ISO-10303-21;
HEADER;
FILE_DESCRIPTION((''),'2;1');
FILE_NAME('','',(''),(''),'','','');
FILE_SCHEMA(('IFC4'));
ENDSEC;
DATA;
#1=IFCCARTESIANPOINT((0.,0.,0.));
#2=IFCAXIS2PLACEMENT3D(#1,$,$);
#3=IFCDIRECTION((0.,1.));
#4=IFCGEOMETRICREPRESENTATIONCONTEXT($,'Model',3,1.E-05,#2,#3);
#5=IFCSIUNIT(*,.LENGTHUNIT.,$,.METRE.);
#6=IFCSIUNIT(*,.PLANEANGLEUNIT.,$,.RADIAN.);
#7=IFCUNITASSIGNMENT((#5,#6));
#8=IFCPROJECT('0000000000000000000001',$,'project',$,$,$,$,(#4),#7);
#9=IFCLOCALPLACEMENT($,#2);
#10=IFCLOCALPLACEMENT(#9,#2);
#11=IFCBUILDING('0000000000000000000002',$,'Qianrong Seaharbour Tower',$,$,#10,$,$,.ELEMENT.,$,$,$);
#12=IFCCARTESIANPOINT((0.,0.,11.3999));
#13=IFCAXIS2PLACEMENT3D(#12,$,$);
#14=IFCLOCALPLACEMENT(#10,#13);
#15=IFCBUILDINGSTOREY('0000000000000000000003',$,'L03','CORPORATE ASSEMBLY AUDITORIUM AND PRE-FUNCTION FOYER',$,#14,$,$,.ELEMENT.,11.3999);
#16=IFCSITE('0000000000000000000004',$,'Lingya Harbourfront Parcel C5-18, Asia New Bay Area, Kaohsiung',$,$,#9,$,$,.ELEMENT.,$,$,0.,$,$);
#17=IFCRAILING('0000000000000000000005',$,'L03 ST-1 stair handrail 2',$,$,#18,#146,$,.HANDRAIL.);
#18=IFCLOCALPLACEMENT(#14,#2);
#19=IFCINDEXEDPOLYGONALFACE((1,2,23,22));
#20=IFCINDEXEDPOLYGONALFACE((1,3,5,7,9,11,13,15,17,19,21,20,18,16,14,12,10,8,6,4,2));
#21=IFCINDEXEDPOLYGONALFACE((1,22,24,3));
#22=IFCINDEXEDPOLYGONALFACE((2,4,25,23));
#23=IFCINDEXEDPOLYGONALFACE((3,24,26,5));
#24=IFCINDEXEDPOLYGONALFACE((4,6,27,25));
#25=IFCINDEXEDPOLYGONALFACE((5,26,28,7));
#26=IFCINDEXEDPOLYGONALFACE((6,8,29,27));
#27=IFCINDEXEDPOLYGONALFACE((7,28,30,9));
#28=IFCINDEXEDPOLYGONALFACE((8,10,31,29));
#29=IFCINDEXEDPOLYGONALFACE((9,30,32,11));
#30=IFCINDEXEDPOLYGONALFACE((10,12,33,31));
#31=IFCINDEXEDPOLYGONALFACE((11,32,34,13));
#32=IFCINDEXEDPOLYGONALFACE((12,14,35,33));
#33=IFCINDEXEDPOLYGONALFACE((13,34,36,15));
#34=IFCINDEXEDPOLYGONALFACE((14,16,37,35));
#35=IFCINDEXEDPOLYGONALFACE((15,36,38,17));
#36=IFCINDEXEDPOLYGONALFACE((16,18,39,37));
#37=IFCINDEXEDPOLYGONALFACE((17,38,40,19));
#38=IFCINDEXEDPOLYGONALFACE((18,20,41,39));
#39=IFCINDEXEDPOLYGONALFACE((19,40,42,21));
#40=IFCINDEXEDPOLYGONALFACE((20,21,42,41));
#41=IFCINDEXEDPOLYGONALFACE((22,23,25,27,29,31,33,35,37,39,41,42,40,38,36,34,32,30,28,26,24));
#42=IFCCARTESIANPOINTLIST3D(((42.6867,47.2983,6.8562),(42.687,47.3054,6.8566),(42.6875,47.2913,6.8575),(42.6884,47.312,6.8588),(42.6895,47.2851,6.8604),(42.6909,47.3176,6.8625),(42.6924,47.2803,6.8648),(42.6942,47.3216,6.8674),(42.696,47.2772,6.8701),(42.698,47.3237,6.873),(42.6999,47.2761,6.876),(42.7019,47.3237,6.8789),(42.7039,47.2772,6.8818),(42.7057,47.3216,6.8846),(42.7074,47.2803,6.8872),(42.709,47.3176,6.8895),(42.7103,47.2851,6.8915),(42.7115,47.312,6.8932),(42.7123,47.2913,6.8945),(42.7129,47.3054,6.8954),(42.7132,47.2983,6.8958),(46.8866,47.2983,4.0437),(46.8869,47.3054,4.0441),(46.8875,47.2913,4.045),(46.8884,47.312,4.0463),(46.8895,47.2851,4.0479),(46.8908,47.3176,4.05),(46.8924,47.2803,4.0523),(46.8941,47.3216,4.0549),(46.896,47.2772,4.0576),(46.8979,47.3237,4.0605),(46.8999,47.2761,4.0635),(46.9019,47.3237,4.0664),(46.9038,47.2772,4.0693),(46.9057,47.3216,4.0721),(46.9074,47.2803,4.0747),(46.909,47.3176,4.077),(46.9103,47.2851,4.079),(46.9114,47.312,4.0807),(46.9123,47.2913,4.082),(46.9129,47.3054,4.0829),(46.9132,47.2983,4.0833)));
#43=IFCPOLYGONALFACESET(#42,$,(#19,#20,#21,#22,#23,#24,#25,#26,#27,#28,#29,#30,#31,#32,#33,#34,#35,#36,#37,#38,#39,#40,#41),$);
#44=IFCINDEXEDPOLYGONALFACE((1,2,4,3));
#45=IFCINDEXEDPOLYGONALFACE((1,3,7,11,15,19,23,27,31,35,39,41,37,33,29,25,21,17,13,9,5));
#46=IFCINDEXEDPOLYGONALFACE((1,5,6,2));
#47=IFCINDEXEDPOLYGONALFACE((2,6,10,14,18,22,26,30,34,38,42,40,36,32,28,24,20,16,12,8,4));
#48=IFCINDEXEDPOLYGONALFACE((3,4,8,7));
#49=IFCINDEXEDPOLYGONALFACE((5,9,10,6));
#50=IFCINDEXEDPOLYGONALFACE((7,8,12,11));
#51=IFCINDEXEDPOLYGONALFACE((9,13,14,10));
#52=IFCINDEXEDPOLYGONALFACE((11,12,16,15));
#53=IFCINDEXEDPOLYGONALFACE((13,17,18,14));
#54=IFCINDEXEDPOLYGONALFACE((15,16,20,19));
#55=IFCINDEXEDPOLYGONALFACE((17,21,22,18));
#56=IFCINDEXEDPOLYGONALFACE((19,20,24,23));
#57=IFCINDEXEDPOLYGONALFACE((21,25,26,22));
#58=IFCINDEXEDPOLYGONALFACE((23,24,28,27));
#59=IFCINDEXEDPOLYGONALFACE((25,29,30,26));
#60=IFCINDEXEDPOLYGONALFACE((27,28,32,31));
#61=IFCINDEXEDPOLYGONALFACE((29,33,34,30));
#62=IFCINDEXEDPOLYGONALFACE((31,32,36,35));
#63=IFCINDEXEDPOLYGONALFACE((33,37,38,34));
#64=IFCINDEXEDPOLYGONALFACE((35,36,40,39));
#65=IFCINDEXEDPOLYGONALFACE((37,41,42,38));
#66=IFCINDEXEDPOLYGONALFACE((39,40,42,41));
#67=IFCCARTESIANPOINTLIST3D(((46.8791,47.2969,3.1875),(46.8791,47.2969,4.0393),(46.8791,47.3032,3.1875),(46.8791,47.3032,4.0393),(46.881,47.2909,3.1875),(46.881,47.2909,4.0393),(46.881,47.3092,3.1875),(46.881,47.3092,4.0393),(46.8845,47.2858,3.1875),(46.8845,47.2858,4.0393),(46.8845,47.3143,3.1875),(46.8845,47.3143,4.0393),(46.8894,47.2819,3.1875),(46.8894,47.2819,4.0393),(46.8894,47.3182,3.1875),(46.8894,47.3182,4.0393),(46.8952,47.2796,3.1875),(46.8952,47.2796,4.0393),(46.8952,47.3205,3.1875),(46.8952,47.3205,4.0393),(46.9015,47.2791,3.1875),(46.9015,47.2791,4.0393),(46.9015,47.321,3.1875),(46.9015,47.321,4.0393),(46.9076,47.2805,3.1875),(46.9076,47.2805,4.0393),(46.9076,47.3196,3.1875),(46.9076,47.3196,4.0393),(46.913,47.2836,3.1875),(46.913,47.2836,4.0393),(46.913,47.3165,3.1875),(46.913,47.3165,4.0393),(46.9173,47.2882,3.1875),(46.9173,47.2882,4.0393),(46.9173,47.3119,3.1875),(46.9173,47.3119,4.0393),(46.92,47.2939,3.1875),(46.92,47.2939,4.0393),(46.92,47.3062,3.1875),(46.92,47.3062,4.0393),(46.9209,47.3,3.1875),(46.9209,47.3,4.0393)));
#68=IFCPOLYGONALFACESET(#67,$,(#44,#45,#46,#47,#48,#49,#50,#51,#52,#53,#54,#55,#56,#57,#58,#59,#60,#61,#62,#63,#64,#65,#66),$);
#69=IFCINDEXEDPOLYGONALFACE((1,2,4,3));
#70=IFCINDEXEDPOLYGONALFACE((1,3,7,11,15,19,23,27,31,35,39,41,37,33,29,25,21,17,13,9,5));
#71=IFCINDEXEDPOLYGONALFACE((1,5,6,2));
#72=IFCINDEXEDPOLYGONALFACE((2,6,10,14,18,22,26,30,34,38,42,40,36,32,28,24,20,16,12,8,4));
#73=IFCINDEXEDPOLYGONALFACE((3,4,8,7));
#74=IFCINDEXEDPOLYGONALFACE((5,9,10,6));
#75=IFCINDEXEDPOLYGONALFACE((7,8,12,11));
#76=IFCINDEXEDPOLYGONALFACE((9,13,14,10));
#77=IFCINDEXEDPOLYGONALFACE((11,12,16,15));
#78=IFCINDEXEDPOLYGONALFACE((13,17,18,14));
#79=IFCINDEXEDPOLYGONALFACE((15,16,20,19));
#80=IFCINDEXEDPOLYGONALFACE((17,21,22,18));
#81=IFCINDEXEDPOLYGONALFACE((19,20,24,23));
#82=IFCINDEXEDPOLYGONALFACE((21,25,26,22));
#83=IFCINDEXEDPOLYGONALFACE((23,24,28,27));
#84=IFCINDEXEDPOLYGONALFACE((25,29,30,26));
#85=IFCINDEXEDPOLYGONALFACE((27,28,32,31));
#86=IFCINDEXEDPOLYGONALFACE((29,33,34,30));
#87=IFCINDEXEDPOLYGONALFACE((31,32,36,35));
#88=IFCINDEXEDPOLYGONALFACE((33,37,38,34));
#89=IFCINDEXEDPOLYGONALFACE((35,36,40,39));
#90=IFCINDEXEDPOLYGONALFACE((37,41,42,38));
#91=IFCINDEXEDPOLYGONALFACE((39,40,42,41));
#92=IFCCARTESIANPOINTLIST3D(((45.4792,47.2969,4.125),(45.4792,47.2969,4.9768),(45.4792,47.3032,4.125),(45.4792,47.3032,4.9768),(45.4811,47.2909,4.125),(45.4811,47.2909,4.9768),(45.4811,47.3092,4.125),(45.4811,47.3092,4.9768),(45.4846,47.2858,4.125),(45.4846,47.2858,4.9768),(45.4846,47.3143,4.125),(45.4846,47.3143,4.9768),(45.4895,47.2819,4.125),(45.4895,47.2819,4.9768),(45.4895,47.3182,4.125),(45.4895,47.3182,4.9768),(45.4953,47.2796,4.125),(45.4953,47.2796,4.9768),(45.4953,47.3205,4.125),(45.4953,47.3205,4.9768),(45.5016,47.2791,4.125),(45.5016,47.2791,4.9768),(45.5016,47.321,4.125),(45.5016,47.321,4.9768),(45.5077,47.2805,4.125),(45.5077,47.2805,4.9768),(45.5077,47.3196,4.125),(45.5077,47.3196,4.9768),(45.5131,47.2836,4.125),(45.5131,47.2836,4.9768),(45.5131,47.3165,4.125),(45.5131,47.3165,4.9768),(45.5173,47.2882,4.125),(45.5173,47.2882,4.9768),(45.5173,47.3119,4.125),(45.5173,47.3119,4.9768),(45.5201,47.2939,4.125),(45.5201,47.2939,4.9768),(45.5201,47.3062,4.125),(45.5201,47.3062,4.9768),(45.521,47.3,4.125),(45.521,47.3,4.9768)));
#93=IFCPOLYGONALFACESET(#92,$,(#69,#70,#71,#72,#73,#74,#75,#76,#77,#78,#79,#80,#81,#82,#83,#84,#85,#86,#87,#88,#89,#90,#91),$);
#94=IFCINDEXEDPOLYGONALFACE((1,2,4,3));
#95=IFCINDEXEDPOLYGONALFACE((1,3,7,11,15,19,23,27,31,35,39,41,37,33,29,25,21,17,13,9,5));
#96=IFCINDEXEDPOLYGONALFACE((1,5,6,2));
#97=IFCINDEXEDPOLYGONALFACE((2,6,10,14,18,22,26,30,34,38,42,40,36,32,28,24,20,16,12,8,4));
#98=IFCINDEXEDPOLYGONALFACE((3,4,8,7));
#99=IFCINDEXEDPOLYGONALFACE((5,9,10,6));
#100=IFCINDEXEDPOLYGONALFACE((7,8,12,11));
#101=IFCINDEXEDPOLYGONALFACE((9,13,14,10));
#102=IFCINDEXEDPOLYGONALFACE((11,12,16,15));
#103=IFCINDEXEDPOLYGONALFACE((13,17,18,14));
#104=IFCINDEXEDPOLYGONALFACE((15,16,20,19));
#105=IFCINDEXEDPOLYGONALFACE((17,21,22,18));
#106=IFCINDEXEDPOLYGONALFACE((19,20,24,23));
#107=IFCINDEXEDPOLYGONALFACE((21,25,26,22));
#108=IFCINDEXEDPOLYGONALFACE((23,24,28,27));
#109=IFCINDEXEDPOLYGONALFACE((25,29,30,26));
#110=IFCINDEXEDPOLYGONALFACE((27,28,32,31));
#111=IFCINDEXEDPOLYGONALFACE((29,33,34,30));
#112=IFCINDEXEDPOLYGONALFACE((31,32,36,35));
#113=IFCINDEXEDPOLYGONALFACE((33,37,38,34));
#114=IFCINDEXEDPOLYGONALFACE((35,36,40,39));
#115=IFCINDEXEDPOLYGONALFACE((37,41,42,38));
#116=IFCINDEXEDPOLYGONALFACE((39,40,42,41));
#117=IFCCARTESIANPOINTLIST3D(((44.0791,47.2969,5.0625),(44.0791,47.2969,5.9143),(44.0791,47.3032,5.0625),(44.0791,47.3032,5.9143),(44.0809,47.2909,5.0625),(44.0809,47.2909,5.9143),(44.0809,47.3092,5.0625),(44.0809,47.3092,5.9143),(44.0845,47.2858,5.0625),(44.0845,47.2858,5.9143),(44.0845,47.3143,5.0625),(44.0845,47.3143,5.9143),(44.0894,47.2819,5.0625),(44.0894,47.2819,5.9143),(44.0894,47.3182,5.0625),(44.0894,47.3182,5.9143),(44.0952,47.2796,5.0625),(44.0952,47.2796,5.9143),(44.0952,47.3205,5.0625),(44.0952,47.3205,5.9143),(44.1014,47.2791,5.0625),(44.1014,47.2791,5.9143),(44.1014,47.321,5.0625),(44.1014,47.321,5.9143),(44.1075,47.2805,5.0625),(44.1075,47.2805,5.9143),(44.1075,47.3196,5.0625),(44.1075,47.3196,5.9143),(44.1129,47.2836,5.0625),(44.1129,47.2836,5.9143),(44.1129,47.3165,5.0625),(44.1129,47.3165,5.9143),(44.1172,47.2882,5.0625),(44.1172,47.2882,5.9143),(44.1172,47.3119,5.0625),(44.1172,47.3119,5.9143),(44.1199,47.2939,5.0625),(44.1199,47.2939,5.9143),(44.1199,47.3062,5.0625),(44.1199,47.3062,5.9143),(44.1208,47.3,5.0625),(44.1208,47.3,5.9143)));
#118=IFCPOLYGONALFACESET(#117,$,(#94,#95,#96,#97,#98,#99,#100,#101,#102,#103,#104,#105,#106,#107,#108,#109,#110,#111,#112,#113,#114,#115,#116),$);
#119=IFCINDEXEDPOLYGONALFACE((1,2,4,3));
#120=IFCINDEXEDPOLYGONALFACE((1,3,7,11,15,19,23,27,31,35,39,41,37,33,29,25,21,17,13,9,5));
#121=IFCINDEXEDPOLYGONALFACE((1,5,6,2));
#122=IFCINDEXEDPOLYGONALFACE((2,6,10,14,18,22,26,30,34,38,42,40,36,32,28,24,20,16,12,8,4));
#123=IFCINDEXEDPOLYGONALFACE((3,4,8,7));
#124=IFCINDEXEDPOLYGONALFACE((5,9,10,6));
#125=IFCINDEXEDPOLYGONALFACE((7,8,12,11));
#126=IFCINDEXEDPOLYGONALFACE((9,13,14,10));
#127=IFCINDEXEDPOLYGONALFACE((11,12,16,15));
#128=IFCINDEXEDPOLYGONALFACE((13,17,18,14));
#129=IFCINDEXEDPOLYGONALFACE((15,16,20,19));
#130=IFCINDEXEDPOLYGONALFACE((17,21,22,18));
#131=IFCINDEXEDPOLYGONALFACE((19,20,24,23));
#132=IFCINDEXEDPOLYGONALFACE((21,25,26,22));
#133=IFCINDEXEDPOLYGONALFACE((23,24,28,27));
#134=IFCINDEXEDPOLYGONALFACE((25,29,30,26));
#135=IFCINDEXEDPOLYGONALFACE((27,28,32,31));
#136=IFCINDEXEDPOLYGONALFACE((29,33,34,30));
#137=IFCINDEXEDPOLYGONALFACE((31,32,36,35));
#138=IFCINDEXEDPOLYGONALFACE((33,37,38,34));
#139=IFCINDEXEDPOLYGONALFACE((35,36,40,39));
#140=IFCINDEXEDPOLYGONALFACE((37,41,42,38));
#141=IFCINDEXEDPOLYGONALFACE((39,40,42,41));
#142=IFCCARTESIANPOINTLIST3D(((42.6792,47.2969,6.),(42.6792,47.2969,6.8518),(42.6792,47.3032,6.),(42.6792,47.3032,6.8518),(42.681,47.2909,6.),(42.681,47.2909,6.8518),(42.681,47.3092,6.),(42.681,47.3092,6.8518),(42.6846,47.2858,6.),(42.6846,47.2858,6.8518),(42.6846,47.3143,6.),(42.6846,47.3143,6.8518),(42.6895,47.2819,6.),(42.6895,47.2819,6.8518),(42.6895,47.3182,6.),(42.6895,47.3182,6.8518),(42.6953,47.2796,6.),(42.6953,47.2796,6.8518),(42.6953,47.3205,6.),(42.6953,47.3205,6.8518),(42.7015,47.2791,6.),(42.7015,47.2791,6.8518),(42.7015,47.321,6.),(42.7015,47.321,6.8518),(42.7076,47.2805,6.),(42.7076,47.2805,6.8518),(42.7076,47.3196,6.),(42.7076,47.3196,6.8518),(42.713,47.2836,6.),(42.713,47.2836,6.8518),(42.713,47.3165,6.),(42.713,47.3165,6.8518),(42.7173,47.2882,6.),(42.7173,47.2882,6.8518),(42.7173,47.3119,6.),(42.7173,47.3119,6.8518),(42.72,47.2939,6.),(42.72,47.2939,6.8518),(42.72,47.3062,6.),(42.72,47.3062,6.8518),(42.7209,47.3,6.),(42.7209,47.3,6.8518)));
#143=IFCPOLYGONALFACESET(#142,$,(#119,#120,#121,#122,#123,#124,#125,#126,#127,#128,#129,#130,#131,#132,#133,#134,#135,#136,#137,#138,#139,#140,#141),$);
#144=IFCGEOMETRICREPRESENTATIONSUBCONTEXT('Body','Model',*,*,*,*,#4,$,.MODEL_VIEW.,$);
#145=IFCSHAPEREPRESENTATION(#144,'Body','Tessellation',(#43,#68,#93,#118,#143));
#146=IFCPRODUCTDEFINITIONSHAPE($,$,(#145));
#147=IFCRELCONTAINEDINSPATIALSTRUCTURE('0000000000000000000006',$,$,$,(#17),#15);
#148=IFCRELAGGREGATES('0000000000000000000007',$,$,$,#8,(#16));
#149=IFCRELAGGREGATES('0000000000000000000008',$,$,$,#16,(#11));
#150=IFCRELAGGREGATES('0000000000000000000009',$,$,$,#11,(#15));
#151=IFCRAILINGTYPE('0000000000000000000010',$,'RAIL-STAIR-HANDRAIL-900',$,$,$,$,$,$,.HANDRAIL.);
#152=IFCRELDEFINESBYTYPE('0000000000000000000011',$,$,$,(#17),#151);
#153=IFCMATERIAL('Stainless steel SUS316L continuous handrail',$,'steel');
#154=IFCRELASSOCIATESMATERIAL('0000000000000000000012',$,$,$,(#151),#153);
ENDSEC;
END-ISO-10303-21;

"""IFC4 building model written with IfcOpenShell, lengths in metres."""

from ifc_helpers import new_model, si_unit, direction, frame, origin, origin_2d, place, context, subcontext, project, spatial, circle, extrude, material, type_object, element, save


model = new_model("IFC4")

# Units and contexts
model_context = context("Model", 3, precision=1e-05, world=origin(), true_north=direction((0.0, 1.0)))
body_context = subcontext(model_context, "Body", "Model", "MODEL_VIEW")
ifc_project = project(units=[si_unit("LENGTHUNIT", "METRE"), si_unit("PLANEANGLEUNIT", "RADIAN")], contexts=[model_context])

# Site, building, storey
site_placement = place(None, origin())
site = spatial("IfcSite", under=ifc_project, at=site_placement, Name="Lingya Harbourfront Parcel C5-18, Asia New Bay Area, Kaohsiung", CompositionType="ELEMENT", RefElevation=0.0)
building_placement = place(site_placement, origin())
building = spatial("IfcBuilding", under=site, at=building_placement, Name="Qianrong Seaharbour Tower", CompositionType="ELEMENT")
storey_placement = place(building_placement, frame((0.0, 0.0, 11.3999)))
storey = spatial("IfcBuildingStorey", under=building, at=storey_placement, Name="L03", Description="CORPORATE ASSEMBLY AUDITORIUM AND PRE-FUNCTION FOYER", CompositionType="ELEMENT", Elevation=11.3999)

# Railing
ifc_material_1 = material(Name="Stainless steel SUS316L continuous handrail", Category="steel")
railing_type_1 = type_object("IfcRailingType", Name="RAIL-STAIR-HANDRAIL-900", PredefinedType="HANDRAIL", material=ifc_material_1)
railing_1_placement = place(storey_placement, frame((46.8999, 47.3, 3.1875)))
element("IfcRailing", 1, at=railing_1_placement, inside=storey, type_object=railing_type_1, Name="L03 ST-1 stair handrail 2", PredefinedType="HANDRAIL", context=body_context, shape_type="SweptSolid", body=[
    extrude(circle(Radius=0.0239, at=origin_2d()), frame((0.0, 0.0, 0.876), z_axis=(-0.830904, 0.0, 0.556416), x_axis=(0.0, -1.0, 0.0)), (0.0, 0.0, 1.0), 5.0547),
    extrude(circle(Radius=0.021, at=origin_2d()), origin(), (0.0, 0.0, 1.0), 0.8518),
    extrude(circle(Radius=0.021, at=origin_2d()), frame((-1.3999, 0.0, 0.9375)), (0.0, 0.0, 1.0), 0.8518),
    extrude(circle(Radius=0.021, at=origin_2d()), frame((-2.8, 0.0, 1.875)), (0.0, 0.0, 1.0), 0.8518),
    extrude(circle(Radius=0.021, at=origin_2d()), frame((-4.2, 0.0, 2.8125)), (0.0, 0.0, 1.0), 0.8518),
])

save(model, "model.ifc")
